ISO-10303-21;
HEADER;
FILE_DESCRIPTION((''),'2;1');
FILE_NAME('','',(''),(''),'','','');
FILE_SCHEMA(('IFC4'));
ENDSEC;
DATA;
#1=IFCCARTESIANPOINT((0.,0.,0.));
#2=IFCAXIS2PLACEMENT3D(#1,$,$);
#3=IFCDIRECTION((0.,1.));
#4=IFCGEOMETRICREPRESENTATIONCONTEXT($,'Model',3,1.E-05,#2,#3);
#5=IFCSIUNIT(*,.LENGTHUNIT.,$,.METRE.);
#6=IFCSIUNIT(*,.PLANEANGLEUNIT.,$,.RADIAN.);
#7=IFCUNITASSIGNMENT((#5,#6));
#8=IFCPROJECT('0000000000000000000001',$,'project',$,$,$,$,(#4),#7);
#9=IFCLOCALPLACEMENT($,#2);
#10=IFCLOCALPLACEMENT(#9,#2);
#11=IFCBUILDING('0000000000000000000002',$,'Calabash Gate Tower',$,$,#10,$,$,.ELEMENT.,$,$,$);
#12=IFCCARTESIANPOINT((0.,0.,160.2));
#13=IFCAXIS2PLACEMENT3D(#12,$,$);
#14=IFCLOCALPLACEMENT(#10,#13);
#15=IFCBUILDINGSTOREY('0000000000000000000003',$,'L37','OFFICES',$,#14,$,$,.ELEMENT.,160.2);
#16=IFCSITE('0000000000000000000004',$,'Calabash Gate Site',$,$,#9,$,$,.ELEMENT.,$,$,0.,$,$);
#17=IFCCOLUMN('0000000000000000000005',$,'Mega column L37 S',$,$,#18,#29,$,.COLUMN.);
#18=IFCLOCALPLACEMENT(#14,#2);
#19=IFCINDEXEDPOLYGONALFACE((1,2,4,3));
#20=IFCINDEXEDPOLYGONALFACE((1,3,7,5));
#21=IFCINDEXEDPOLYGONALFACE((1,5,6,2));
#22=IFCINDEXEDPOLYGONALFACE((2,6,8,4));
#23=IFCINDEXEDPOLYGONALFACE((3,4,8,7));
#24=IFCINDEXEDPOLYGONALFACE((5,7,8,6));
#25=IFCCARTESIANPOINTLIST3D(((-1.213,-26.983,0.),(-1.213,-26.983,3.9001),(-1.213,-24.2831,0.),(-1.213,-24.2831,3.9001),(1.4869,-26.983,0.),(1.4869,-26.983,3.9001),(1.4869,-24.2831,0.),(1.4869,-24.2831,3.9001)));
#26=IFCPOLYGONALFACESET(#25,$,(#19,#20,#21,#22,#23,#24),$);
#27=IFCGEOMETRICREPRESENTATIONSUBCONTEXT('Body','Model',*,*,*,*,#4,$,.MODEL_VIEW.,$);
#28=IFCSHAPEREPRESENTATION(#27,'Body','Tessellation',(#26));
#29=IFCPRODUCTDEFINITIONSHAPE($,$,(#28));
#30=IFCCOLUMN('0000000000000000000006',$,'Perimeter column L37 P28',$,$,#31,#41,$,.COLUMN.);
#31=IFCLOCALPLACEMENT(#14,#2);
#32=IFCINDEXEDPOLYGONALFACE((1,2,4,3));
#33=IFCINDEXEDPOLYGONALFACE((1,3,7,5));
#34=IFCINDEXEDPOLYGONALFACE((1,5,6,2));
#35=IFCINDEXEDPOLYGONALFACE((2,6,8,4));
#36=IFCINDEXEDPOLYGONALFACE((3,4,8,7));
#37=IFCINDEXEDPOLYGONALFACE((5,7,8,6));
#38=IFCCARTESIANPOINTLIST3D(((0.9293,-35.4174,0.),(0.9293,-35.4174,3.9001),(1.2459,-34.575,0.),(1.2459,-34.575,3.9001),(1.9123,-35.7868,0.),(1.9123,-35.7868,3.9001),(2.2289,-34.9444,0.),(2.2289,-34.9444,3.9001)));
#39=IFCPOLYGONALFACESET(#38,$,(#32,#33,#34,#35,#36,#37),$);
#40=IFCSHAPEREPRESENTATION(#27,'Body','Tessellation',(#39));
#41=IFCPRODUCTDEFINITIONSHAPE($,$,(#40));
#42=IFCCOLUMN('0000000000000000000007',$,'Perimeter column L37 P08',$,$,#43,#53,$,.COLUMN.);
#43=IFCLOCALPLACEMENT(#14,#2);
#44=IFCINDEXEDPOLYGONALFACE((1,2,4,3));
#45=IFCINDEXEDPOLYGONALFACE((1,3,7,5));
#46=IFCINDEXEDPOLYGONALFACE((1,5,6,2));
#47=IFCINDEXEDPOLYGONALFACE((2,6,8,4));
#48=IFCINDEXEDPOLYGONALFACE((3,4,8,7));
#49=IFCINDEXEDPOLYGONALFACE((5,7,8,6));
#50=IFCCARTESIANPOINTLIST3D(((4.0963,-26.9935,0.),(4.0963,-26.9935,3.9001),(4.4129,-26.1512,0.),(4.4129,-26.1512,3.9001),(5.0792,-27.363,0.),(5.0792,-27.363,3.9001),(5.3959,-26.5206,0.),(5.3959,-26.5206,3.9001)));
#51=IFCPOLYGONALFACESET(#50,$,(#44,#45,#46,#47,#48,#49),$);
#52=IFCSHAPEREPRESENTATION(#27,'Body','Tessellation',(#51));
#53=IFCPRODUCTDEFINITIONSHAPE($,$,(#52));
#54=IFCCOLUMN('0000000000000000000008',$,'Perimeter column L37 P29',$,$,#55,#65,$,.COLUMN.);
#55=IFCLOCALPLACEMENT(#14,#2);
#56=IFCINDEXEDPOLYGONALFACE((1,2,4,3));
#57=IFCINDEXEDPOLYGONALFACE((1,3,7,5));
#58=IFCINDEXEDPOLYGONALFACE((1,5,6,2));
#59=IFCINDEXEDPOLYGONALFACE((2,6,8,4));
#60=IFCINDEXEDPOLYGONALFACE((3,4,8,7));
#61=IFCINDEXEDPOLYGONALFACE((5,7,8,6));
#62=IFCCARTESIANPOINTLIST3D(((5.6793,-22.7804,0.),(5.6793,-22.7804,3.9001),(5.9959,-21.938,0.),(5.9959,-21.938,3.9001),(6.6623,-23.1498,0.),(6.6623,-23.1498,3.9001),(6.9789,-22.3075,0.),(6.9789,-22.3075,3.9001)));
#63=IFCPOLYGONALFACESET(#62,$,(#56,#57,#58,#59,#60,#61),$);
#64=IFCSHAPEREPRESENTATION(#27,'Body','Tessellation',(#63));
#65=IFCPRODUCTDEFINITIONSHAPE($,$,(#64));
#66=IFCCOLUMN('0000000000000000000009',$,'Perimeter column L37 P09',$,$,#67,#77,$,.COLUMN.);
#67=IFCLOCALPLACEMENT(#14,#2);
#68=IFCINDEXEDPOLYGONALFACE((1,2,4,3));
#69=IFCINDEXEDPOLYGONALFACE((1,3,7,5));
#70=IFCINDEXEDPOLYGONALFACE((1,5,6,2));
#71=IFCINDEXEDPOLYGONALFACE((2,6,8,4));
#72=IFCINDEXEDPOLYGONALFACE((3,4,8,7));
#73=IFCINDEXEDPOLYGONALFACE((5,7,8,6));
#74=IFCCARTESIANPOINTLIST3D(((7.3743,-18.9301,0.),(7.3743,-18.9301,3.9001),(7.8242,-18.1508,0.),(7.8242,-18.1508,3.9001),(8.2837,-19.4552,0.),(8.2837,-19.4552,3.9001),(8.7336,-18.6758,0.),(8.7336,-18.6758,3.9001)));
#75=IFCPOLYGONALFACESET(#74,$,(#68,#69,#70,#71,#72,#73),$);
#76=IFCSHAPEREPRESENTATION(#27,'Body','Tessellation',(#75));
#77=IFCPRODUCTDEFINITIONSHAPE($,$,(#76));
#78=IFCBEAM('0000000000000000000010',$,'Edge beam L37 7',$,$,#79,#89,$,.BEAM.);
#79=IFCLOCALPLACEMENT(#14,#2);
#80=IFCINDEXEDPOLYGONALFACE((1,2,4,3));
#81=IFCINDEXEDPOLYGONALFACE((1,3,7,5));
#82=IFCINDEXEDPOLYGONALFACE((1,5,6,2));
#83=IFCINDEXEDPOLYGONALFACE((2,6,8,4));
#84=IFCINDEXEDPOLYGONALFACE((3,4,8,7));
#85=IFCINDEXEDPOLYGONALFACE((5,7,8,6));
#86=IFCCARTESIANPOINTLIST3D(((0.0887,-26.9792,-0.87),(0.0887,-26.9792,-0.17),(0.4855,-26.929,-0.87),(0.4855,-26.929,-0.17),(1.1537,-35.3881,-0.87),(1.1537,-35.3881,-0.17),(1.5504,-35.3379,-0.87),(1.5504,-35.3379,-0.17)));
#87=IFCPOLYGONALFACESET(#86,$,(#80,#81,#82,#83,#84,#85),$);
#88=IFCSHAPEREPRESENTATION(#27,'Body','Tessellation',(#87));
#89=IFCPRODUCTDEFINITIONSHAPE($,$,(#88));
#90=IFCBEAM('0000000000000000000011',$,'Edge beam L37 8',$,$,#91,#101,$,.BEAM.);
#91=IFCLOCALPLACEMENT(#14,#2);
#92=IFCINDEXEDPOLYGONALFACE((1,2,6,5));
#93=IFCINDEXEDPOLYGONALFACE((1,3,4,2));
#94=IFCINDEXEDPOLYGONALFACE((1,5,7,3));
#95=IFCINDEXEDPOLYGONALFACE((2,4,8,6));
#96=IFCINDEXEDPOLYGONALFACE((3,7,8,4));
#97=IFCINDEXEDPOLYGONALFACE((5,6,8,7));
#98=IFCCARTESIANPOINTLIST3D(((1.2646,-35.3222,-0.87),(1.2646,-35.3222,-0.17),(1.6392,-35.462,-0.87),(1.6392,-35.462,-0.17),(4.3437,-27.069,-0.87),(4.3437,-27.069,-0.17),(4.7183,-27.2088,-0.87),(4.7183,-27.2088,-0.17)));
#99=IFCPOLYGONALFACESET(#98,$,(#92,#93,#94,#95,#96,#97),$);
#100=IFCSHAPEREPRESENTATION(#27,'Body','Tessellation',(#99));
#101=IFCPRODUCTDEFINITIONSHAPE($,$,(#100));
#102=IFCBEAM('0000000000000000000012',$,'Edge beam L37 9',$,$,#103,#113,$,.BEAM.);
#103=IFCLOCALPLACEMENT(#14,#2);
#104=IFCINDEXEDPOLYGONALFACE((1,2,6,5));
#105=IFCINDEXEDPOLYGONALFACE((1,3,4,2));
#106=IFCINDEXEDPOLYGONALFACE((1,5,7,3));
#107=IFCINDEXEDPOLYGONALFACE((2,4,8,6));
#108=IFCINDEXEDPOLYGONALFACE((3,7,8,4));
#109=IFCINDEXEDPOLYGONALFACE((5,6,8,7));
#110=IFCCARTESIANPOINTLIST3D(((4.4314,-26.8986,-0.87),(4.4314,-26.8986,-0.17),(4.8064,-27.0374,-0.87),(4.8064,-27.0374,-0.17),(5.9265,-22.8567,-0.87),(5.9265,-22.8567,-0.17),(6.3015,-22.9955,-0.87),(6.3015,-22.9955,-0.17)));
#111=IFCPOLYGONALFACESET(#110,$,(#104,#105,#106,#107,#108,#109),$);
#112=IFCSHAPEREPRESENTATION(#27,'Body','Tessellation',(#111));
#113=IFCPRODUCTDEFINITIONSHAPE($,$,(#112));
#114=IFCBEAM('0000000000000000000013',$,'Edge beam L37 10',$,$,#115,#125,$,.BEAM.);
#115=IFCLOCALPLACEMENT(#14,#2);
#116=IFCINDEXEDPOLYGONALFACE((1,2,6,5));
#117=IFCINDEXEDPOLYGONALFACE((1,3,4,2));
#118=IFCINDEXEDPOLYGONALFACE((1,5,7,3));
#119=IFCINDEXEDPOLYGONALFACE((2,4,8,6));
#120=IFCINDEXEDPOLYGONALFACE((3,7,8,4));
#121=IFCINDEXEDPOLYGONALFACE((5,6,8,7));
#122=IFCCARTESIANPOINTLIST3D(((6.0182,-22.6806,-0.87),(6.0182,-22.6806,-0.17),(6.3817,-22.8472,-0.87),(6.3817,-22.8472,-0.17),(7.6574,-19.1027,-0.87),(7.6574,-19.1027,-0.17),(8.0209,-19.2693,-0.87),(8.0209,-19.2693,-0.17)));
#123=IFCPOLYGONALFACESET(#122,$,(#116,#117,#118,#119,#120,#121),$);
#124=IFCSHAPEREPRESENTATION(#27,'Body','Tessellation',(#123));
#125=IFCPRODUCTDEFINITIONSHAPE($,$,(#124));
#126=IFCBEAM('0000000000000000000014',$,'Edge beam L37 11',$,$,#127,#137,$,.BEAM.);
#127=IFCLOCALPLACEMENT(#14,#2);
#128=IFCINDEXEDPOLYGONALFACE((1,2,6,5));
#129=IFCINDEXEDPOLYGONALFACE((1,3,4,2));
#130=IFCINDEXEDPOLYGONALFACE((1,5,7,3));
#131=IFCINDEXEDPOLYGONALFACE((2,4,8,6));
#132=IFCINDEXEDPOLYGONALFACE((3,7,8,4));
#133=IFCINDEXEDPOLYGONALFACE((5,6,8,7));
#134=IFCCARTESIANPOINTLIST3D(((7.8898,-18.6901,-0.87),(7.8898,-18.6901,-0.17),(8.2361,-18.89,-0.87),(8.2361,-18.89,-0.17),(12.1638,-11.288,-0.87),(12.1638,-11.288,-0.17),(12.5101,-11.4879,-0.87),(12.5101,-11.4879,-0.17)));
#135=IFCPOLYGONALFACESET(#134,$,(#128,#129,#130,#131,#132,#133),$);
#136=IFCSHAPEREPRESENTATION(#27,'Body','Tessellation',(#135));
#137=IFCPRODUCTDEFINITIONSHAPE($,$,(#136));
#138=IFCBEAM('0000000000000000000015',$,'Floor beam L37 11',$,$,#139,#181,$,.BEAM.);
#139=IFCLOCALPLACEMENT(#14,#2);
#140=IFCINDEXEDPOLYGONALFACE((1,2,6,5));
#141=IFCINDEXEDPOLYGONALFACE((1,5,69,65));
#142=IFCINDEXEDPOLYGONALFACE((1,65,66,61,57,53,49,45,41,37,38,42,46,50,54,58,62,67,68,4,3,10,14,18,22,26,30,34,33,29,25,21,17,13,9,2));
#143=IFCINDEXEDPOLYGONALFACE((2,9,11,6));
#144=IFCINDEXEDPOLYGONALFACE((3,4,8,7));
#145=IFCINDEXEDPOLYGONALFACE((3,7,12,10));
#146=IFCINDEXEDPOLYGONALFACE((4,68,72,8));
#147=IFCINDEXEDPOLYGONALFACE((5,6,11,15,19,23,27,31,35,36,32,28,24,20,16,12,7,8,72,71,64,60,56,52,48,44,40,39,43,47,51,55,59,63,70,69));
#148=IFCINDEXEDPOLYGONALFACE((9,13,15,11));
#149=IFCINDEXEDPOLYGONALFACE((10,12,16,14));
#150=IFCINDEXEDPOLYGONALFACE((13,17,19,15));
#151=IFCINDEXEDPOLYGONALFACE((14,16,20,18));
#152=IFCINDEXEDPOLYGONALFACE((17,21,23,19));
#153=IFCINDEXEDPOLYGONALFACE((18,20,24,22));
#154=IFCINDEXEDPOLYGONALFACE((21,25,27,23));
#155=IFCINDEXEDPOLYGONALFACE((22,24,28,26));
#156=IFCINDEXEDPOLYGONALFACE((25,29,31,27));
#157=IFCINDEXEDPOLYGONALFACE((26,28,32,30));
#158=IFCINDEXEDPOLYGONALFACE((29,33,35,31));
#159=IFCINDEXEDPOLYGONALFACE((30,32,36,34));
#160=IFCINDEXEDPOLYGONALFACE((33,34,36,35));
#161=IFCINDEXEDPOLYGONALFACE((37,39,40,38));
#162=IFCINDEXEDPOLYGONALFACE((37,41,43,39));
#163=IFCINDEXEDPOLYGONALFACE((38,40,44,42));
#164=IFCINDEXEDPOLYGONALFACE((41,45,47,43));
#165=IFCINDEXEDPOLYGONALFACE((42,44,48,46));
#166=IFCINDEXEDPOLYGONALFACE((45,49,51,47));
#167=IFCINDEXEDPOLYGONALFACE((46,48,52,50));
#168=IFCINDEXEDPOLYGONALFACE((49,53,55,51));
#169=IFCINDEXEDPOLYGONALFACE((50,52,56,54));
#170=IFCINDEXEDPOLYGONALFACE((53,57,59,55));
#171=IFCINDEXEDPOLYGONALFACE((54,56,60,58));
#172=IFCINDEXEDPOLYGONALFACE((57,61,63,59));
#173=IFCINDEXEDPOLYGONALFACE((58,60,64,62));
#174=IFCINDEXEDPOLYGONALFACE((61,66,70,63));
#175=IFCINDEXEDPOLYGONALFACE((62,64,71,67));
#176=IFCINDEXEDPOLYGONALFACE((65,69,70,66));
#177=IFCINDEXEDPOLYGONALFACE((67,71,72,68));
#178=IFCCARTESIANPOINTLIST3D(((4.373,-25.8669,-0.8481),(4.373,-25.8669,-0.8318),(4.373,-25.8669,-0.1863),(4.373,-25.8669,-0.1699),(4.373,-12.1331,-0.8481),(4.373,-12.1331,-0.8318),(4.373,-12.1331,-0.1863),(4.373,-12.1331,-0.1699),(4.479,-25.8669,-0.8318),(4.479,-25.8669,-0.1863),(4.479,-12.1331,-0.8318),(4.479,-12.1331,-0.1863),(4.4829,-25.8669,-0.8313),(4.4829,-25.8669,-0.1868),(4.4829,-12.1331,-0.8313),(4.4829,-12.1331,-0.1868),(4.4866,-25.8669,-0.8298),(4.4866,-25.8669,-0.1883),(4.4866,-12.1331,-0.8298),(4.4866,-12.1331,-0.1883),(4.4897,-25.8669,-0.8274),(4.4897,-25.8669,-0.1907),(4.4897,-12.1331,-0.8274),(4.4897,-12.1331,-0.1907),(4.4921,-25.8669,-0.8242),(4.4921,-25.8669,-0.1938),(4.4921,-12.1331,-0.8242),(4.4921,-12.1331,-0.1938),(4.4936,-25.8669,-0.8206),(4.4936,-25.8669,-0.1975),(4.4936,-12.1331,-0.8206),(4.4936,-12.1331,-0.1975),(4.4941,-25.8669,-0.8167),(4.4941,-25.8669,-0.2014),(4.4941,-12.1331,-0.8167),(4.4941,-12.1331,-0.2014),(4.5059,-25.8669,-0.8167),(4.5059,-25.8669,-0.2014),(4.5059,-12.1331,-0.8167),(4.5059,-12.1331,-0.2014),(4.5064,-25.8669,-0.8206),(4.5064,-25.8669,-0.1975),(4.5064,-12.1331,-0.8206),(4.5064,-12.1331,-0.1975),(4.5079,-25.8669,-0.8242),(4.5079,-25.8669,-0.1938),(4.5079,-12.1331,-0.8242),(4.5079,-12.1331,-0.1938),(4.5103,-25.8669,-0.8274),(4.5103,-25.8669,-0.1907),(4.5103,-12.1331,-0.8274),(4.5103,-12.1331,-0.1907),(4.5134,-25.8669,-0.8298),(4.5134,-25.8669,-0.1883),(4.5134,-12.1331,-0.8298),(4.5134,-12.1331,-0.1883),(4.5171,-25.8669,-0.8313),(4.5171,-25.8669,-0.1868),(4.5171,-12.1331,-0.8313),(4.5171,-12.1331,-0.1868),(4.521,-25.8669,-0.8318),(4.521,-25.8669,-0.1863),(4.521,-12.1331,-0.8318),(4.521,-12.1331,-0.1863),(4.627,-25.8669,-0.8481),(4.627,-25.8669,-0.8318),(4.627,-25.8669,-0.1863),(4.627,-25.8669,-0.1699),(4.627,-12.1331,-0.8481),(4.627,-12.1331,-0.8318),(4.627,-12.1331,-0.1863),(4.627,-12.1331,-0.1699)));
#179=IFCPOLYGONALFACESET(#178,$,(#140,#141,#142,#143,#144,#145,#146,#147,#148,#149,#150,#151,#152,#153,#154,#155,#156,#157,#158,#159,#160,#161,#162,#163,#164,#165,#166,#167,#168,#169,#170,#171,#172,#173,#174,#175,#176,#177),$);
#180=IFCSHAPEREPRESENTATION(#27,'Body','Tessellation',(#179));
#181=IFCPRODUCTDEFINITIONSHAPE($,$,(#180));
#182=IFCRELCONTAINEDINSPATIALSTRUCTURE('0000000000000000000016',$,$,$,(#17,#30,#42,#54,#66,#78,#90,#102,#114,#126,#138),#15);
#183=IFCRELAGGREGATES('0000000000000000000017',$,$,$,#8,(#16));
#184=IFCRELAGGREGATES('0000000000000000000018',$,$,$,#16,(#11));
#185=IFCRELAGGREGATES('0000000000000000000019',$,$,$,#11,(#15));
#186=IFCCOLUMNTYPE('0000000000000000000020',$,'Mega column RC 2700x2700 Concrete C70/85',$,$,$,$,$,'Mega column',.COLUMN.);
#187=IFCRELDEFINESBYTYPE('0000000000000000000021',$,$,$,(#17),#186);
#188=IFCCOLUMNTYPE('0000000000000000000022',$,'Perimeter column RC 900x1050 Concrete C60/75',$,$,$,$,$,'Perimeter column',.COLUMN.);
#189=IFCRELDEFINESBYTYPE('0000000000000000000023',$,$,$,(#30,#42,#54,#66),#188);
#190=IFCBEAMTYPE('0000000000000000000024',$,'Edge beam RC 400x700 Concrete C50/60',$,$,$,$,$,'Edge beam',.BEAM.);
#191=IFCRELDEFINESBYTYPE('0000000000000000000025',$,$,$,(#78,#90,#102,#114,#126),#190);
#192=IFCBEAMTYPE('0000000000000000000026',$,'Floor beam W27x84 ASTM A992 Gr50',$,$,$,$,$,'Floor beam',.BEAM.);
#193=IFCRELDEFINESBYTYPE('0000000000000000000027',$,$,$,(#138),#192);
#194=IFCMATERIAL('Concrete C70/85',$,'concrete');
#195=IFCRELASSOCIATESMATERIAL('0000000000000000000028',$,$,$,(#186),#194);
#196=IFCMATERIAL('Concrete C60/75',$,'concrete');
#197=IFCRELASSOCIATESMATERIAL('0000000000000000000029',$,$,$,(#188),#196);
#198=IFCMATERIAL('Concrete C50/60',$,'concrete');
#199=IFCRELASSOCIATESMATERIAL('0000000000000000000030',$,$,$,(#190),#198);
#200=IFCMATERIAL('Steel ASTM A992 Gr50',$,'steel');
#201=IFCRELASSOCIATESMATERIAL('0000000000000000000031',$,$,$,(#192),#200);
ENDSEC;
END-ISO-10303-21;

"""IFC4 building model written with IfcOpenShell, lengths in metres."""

from ifc_helpers import new_model, si_unit, direction, frame, origin, origin_2d, place, context, subcontext, project, spatial, rectangle, i_section, extrude, material, material_profile, profile_set, type_object, element, save


model = new_model("IFC4")

# Units and contexts
model_context = context("Model", 3, precision=1e-05, world=origin(), true_north=direction((0.0, 1.0)))
body_context = subcontext(model_context, "Body", "Model", "MODEL_VIEW")
ifc_project = project(units=[si_unit("LENGTHUNIT", "METRE"), si_unit("PLANEANGLEUNIT", "RADIAN")], contexts=[model_context])

# Site, building, storey
site_placement = place(None, origin())
site = spatial("IfcSite", under=ifc_project, at=site_placement, Name="Calabash Gate Site", CompositionType="ELEMENT", RefElevation=0.0)
building_placement = place(site_placement, origin())
building = spatial("IfcBuilding", under=site, at=building_placement, Name="Calabash Gate Tower", CompositionType="ELEMENT")
storey_placement = place(building_placement, frame((0.0, 0.0, 160.2)))
storey = spatial("IfcBuildingStorey", under=building, at=storey_placement, Name="L37", Description="OFFICES", CompositionType="ELEMENT", Elevation=160.2)

# Columns
ifc_material_1 = material(Name="Concrete C70/85", Category="concrete")
ifc_material_profile_1 = material_profile(ifc_material_1, rectangle(XDim=2.7, YDim=2.7, at=origin_2d()))
ifc_profile_set_1 = profile_set([ifc_material_profile_1], Name="Concrete C70/85")
column_type_1 = type_object("IfcColumnType", Name="Mega column RC 2700x2700 Concrete C70/85", ElementType="Mega column", PredefinedType="COLUMN", material=ifc_profile_set_1)
column_placement = place(storey_placement, frame((0.137, -25.6331, 0.0), z_axis=(0.0, 0.0, 1.0), x_axis=(0.0, 1.0, 0.0)))
element("IfcColumn", 1, at=column_placement, inside=storey, type_object=column_type_1, Name="Mega column L37 S", PredefinedType="COLUMN", context=body_context, shape_type="SweptSolid", body=[
    extrude(rectangle(XDim=2.7, YDim=2.7, at=origin_2d()), origin(), (0.0, 0.0, 1.0), 3.9001),
])
ifc_material_2 = material(Name="Concrete C60/75", Category="concrete")
ifc_material_profile_2 = material_profile(ifc_material_2, rectangle(XDim=0.8999, YDim=1.05, at=origin_2d()))
ifc_profile_set_2 = profile_set([ifc_material_profile_2], Name="Concrete C60/75")
column_type_2 = type_object("IfcColumnType", Name="Perimeter column RC 900x1050 Concrete C60/75", ElementType="Perimeter column", PredefinedType="COLUMN", material=ifc_profile_set_2)
for number, where, z_axis, x_axis, name in (
    (2, (1.5791, -35.1809, 0.0), (0.0, 0.0, 1.0), (0.351822, 0.936067, 0.0), "Perimeter column L37 P28"),
    (3, (4.7461, -26.7571, 0.0), (0.0, 0.0, 1.0), (0.351822, 0.936067, 0.0), "Perimeter column L37 P08"),
    (4, (6.3291, -22.5439, 0.0), (0.0, 0.0, 1.0), (0.351822, 0.936067, 0.0), "Perimeter column L37 P29"),
    (5, (8.054, -18.803, 0.0), (0.0, 0.0, 1.0), (0.5, 0.866025, 0.0), "Perimeter column L37 P09"),
):
    element("IfcColumn", number, at=place(storey_placement, frame(where, z_axis=z_axis, x_axis=x_axis)), inside=storey, type_object=column_type_2, Name=name, PredefinedType="COLUMN", context=body_context, shape_type="SweptSolid", body=[
        extrude(rectangle(XDim=0.8999, YDim=1.05, at=origin_2d()), origin(), (0.0, 0.0, 1.0), 3.9001),
    ])

# Beams
ifc_material_3 = material(Name="Concrete C50/60", Category="concrete")
ifc_material_profile_3 = material_profile(ifc_material_3, rectangle(XDim=0.3999, YDim=0.7, at=origin_2d()))
ifc_profile_set_3 = profile_set([ifc_material_profile_3], Name="Concrete C50/60")
beam_type_1 = type_object("IfcBeamType", Name="Edge beam RC 400x700 Concrete C50/60", ElementType="Edge beam", PredefinedType="BEAM", material=ifc_profile_set_3)
beam_1_placement = place(storey_placement, frame((0.2871, -26.9541, -0.52), z_axis=(0.12564, -0.992076, 0.0), x_axis=(0.992076, 0.12564, 0.0)))
element("IfcBeam", 6, at=beam_1_placement, inside=storey, type_object=beam_type_1, Name="Edge beam L37 7", PredefinedType="BEAM", context=body_context, shape_type="SweptSolid", body=[
    extrude(rectangle(XDim=0.3999, YDim=0.7, at=origin_2d()), origin(), (0.0, 0.0, 1.0), 8.4761),
])
beam_2_placement = place(storey_placement, frame((1.4519, -35.3921, -0.52), z_axis=(0.349547, 0.936919, 0.0), x_axis=(-0.936919, 0.349547, 0.0)))
element("IfcBeam", 7, at=beam_2_placement, inside=storey, type_object=beam_type_1, Name="Edge beam L37 8", PredefinedType="BEAM", context=body_context, shape_type="SweptSolid", body=[
    extrude(rectangle(XDim=0.3999, YDim=0.7, at=origin_2d()), origin(), (0.0, 0.0, 1.0), 8.8088),
])
beam_3_placement = place(storey_placement, frame((4.6189, -26.968, -0.52), z_axis=(0.346923, 0.937894, 0.0), x_axis=(-0.937894, 0.346923, 0.0)))
element("IfcBeam", 8, at=beam_3_placement, inside=storey, type_object=beam_type_1, Name="Edge beam L37 9", PredefinedType="BEAM", context=body_context, shape_type="SweptSolid", body=[
    extrude(rectangle(XDim=0.3999, YDim=0.7, at=origin_2d()), origin(), (0.0, 0.0, 1.0), 4.3096),
])
beam_4_placement = place(storey_placement, frame((6.2, -22.7639, -0.52), z_axis=(0.416507, 0.909132, 0.0), x_axis=(-0.909132, 0.416507, 0.0)))
element("IfcBeam", 9, at=beam_4_placement, inside=storey, type_object=beam_type_1, Name="Edge beam L37 10", PredefinedType="BEAM", context=body_context, shape_type="SweptSolid", body=[
    extrude(rectangle(XDim=0.3999, YDim=0.7, at=origin_2d()), origin(), (0.0, 0.0, 1.0), 3.9355),
])
beam_5_placement = place(storey_placement, frame((8.063, -18.79, -0.52), z_axis=(0.500028, 0.866009, 0.0), x_axis=(-0.866009, 0.500028, 0.0)))
element("IfcBeam", 10, at=beam_5_placement, inside=storey, type_object=beam_type_1, Name="Edge beam L37 11", PredefinedType="BEAM", context=body_context, shape_type="SweptSolid", body=[
    extrude(rectangle(XDim=0.3999, YDim=0.7, at=origin_2d()), origin(), (0.0, 0.0, 1.0), 8.5474),
])
ifc_material_4 = material(Name="Steel ASTM A992 Gr50", Category="steel")
ifc_material_profile_4 = material_profile(ifc_material_4, i_section(OverallWidth=0.2539, OverallDepth=0.6782, WebThickness=0.0117, FlangeThickness=0.0164, FilletRadius=0.0151, at=origin_2d()))
ifc_profile_set_4 = profile_set([ifc_material_profile_4], Name="Steel ASTM A992 Gr50")
beam_type_2 = type_object("IfcBeamType", Name="Floor beam W27x84 ASTM A992 Gr50", ElementType="Floor beam", PredefinedType="BEAM", material=ifc_profile_set_4)
beam_6_placement = place(storey_placement, frame((4.5, -25.8669, -0.509), z_axis=(0.0, 1.0, 0.0), x_axis=(-1.0, 0.0, 0.0)))
element("IfcBeam", 11, at=beam_6_placement, inside=storey, type_object=beam_type_2, Name="Floor beam L37 11", PredefinedType="BEAM", context=body_context, shape_type="SweptSolid", body=[
    extrude(i_section(OverallWidth=0.2539, OverallDepth=0.6782, WebThickness=0.0117, FlangeThickness=0.0164, FilletRadius=0.0151, at=origin_2d()), origin(), (0.0, 0.0, 1.0), 13.7339),
])

save(model, "model.ifc")
